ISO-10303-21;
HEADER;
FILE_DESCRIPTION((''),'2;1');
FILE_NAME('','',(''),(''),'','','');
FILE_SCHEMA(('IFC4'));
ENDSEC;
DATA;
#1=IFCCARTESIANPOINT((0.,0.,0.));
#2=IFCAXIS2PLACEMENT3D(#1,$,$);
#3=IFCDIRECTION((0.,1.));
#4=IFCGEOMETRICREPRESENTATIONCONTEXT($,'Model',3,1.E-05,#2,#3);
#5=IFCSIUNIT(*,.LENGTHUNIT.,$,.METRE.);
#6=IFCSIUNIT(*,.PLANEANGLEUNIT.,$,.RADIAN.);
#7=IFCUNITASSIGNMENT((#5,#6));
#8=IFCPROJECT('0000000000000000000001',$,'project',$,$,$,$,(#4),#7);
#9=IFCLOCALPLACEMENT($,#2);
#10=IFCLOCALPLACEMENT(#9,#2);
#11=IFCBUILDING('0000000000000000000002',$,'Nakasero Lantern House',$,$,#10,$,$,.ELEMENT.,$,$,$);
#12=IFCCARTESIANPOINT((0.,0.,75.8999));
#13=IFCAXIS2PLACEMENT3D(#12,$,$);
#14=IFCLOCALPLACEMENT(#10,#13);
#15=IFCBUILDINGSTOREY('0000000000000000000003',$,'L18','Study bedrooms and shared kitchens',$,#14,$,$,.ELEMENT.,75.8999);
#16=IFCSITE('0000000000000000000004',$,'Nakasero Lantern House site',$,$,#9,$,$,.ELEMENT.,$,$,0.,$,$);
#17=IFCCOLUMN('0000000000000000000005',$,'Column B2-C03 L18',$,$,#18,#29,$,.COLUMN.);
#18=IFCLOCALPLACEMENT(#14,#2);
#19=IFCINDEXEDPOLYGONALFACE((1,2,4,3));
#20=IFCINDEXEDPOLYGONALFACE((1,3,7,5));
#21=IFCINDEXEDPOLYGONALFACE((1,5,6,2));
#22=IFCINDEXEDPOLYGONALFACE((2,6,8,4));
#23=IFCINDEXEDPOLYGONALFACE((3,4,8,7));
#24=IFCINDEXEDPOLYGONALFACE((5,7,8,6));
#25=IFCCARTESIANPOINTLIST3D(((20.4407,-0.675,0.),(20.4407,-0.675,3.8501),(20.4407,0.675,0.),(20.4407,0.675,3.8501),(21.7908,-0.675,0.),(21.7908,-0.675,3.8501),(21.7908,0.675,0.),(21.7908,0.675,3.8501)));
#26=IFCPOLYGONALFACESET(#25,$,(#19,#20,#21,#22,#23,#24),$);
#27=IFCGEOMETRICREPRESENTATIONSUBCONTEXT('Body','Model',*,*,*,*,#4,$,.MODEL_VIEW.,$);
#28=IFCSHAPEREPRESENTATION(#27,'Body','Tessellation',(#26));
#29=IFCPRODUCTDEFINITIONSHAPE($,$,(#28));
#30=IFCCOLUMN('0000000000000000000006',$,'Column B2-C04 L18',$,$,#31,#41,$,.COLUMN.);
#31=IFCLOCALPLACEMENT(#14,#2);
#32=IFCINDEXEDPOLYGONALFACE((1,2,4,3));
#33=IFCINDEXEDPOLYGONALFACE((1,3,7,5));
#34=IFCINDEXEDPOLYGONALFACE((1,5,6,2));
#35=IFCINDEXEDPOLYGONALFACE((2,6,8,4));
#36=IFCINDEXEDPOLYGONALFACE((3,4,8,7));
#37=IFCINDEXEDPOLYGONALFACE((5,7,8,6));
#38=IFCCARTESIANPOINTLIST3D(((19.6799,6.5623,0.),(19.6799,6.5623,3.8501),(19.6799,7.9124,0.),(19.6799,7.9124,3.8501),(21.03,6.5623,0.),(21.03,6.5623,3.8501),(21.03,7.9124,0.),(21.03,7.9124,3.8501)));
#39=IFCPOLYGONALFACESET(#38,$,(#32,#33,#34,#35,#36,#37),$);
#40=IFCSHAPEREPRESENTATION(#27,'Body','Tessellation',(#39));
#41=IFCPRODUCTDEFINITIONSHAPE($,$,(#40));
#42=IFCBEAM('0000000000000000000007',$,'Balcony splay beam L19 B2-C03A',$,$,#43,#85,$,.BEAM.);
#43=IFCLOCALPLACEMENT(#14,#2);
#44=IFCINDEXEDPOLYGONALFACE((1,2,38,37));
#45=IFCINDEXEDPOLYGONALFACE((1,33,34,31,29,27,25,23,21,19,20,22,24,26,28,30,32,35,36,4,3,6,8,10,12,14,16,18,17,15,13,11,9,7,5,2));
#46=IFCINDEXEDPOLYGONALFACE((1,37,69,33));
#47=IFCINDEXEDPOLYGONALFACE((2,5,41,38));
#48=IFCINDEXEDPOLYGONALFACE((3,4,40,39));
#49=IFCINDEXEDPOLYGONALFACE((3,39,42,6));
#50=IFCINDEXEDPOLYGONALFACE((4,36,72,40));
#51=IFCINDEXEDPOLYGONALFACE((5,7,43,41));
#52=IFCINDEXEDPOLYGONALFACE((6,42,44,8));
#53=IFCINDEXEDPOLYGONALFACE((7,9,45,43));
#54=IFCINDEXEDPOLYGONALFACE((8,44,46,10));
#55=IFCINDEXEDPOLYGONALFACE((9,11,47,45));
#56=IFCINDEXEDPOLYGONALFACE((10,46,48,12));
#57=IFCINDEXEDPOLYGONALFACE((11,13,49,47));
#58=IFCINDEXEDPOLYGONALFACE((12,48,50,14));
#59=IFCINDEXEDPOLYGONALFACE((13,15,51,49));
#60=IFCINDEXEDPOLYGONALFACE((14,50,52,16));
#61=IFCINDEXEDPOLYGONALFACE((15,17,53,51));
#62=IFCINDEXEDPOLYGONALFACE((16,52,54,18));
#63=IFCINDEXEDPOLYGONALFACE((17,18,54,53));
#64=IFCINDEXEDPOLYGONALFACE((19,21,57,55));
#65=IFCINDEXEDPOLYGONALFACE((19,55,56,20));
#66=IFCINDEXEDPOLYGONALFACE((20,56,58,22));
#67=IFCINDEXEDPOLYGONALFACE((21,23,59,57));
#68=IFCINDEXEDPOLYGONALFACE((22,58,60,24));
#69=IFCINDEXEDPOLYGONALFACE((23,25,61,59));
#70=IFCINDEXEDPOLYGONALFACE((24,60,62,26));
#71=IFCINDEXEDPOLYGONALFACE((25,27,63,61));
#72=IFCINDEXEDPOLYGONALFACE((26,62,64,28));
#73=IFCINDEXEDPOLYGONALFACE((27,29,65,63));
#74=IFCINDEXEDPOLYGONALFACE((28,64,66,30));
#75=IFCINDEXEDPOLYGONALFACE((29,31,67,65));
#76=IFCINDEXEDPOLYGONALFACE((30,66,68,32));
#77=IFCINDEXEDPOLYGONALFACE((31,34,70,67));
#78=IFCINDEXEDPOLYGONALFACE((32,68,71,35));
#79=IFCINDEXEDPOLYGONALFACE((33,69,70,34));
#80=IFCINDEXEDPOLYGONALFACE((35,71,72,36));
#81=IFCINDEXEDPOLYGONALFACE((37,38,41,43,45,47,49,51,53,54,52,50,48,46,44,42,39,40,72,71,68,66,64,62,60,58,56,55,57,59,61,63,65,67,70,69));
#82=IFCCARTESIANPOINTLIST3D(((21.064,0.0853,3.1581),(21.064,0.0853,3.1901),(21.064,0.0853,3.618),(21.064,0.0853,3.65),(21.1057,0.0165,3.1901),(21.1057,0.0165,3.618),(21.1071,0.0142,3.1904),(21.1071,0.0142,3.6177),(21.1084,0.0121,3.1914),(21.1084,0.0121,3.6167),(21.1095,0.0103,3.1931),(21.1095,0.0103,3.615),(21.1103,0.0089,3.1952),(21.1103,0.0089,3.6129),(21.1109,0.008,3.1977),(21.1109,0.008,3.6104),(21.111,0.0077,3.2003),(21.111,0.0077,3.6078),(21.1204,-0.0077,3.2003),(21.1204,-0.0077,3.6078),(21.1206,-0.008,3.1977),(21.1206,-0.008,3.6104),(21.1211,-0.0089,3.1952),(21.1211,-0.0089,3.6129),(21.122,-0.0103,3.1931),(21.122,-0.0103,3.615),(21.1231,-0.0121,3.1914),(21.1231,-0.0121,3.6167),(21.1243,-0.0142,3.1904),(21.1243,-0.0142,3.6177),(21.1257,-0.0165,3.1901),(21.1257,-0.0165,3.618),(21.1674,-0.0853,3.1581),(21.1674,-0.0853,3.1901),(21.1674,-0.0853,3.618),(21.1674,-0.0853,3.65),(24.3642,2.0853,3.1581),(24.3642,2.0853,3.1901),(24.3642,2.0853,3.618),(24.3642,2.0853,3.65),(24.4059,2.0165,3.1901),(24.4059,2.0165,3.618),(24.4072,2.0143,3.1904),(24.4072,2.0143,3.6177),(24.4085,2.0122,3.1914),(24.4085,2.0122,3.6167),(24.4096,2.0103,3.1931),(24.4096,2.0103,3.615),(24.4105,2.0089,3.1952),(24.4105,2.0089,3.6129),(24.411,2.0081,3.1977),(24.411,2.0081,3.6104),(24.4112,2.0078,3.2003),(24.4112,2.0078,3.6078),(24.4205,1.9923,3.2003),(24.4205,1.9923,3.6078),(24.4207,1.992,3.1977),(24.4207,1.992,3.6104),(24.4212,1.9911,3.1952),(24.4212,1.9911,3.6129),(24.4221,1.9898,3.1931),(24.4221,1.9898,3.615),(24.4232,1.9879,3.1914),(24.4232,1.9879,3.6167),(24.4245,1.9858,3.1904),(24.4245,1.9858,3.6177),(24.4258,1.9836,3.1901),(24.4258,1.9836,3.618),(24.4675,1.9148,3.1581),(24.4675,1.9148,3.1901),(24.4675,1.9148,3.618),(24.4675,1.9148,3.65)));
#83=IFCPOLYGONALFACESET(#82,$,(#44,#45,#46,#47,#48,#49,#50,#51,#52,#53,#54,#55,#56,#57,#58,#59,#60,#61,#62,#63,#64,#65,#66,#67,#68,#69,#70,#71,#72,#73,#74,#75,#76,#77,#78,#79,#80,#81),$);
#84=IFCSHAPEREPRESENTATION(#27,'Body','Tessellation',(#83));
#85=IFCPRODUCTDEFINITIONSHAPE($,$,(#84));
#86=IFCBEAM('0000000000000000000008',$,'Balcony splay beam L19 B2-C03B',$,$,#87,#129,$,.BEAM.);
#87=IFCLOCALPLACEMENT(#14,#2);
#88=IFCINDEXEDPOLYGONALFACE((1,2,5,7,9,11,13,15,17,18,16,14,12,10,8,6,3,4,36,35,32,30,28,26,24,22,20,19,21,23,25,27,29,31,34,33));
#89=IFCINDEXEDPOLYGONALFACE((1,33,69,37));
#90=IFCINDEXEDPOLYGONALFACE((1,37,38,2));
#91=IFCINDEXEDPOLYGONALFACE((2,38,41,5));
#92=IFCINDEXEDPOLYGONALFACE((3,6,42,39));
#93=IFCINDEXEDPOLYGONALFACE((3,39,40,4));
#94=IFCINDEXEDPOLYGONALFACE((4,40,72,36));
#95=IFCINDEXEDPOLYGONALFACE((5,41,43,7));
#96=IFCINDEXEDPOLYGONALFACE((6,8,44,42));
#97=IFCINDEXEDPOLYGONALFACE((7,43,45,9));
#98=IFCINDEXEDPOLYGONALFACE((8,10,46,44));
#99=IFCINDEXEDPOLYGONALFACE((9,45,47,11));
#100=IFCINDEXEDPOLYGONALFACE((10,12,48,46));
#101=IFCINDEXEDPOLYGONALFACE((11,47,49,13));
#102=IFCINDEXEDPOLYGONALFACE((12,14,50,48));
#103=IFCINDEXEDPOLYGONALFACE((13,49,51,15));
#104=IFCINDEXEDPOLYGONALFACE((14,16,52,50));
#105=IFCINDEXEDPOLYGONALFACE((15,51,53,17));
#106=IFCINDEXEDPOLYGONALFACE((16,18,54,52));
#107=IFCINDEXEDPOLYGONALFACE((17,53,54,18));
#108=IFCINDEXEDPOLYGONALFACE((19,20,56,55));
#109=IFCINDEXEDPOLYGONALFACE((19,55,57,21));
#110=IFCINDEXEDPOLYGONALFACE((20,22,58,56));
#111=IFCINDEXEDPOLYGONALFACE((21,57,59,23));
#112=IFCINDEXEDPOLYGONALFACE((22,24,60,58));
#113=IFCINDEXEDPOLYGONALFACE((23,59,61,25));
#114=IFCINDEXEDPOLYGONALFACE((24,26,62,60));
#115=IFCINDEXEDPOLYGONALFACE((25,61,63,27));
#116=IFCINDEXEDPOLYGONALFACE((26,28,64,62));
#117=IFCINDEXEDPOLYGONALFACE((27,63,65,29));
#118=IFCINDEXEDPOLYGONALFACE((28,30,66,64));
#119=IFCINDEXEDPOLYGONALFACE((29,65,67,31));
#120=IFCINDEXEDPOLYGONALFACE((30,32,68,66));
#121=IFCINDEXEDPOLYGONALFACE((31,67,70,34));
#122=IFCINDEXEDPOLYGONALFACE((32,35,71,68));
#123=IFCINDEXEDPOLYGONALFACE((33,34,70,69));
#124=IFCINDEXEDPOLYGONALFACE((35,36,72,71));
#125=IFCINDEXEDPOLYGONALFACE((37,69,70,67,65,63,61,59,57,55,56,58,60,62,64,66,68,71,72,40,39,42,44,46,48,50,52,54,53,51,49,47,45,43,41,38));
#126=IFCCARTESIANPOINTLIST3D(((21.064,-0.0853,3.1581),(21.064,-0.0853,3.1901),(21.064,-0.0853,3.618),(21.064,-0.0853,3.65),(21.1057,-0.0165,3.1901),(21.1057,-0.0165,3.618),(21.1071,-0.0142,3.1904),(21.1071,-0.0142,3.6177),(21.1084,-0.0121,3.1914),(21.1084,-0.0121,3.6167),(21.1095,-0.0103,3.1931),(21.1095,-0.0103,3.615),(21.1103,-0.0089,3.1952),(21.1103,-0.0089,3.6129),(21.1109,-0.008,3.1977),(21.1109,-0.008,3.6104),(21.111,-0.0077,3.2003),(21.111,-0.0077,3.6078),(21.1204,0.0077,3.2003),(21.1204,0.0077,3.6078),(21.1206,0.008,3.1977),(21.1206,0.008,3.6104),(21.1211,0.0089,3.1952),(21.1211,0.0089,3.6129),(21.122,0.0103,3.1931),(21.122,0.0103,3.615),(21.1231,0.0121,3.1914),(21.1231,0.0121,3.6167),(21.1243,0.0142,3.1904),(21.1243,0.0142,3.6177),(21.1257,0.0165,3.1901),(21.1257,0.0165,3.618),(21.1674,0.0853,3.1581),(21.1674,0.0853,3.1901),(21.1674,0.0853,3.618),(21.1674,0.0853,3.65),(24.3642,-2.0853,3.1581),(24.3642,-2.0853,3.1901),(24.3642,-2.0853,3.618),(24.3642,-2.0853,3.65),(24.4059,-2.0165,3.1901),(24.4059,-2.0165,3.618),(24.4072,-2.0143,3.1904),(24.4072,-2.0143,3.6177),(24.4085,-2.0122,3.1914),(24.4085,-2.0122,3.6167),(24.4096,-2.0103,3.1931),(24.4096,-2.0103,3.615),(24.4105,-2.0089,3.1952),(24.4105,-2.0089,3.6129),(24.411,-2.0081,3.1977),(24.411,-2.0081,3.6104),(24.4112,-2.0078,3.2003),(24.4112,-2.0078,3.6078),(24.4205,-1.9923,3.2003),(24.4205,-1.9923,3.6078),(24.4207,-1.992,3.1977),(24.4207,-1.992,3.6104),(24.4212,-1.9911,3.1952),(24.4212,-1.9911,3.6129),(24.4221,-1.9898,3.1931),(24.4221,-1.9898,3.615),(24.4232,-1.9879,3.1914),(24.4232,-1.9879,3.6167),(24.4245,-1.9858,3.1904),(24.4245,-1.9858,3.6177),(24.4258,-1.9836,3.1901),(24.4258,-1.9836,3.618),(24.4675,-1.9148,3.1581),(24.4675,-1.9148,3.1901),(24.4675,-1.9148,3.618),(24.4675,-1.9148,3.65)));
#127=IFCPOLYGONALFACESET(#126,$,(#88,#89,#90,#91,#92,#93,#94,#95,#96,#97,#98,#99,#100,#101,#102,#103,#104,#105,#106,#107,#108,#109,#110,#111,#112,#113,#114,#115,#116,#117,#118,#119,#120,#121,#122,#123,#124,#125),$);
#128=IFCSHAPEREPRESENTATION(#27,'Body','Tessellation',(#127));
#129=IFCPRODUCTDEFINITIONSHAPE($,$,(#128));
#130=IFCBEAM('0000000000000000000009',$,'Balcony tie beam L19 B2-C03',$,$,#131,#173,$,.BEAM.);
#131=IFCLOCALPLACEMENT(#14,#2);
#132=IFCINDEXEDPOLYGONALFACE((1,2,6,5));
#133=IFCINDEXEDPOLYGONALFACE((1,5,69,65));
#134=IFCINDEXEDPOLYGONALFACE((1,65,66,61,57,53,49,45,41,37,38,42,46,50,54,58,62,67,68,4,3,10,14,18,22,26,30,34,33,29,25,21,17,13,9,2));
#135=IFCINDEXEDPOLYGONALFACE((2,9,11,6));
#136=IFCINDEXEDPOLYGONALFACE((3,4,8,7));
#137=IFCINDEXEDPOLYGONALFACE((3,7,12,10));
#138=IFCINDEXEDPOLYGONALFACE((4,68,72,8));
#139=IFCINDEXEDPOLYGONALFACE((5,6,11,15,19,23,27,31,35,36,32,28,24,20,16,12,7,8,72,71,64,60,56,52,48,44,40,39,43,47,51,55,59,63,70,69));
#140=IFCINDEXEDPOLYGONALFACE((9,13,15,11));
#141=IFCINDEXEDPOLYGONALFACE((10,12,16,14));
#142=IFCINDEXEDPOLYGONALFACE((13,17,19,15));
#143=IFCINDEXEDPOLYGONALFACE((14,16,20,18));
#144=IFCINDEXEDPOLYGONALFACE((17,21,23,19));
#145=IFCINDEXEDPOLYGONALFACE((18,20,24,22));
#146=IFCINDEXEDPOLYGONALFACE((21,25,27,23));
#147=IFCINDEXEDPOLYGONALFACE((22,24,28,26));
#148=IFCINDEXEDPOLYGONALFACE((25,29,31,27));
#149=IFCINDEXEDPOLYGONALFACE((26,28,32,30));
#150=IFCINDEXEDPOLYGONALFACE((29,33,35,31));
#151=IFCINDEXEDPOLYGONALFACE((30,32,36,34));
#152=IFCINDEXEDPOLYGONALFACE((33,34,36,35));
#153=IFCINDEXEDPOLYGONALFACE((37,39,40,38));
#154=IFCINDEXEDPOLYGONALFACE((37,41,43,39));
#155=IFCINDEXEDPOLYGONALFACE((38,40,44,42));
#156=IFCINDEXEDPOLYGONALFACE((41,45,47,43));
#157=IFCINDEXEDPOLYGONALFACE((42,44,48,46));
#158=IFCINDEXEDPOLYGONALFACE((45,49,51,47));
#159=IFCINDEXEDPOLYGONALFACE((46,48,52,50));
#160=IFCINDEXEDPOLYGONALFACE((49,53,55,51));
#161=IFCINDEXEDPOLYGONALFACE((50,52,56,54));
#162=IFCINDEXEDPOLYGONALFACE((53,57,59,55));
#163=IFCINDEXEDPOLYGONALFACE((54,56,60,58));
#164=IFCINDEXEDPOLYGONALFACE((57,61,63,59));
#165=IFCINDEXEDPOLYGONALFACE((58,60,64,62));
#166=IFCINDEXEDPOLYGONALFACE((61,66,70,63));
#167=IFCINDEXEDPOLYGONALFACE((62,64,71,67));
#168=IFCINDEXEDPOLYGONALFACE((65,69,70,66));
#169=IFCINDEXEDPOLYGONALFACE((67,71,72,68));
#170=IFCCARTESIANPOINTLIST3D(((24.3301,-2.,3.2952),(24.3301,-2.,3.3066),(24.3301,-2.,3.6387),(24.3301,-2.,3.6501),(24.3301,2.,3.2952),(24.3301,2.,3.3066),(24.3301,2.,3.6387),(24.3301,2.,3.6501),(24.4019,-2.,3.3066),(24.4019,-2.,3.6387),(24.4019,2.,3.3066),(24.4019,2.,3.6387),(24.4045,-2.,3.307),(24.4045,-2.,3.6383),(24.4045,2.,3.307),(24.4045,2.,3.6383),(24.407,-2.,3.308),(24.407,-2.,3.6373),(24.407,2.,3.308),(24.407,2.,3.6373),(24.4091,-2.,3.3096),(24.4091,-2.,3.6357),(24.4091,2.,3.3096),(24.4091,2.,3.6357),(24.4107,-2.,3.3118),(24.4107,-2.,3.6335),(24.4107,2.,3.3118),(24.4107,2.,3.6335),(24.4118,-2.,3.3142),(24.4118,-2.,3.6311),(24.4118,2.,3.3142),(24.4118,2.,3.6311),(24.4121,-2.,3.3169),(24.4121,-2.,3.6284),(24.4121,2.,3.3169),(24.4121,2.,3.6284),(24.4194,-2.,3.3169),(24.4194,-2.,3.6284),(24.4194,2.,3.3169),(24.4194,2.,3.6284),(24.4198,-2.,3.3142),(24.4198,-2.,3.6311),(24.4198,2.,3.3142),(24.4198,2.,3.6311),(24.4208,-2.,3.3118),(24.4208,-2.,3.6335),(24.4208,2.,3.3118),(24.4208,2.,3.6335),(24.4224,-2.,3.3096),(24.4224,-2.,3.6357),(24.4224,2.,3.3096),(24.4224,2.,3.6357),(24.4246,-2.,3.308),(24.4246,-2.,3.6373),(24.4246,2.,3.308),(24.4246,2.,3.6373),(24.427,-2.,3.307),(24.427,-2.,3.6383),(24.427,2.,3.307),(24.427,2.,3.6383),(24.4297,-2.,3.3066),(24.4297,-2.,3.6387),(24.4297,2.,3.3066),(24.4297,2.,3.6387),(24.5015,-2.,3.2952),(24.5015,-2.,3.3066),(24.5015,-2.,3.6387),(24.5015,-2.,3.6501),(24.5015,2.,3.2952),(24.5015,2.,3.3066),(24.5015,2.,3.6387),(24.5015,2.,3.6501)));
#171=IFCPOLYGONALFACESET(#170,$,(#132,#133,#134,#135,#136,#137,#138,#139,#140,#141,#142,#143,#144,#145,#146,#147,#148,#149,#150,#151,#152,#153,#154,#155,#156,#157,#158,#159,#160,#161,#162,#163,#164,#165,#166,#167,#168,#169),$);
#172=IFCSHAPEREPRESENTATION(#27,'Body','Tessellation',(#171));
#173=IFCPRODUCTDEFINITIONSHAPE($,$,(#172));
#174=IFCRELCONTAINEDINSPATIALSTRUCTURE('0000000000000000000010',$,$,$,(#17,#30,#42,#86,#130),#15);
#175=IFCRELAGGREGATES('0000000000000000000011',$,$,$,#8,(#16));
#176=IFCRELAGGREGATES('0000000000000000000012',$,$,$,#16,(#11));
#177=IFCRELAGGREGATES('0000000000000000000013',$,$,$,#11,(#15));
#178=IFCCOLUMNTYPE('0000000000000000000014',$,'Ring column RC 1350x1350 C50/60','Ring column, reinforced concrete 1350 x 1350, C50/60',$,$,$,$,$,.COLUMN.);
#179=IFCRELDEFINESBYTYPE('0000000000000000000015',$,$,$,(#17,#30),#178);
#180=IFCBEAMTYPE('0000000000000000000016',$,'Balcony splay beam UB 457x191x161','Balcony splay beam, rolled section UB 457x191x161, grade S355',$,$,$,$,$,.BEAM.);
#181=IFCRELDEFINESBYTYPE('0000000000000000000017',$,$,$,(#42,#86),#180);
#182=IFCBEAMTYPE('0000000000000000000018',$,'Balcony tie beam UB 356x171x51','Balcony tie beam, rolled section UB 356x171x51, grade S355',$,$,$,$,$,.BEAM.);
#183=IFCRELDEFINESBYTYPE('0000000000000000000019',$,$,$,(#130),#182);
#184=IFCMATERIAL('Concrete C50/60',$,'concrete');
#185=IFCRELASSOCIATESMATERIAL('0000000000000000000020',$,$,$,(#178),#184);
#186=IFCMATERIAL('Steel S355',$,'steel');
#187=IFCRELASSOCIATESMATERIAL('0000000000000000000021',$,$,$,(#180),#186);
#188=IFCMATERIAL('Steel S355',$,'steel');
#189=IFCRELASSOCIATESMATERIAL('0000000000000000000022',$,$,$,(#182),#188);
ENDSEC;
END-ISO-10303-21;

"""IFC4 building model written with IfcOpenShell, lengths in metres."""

from ifc_helpers import new_model, si_unit, direction, frame, origin, origin_2d, place, context, subcontext, project, spatial, rectangle, i_section, extrude, material, material_profile, profile_set, type_object, element, save


model = new_model("IFC4")

# Units and contexts
model_context = context("Model", 3, precision=1e-05, world=origin(), true_north=direction((0.0, 1.0)))
body_context = subcontext(model_context, "Body", "Model", "MODEL_VIEW")
ifc_project = project(units=[si_unit("LENGTHUNIT", "METRE"), si_unit("PLANEANGLEUNIT", "RADIAN")], contexts=[model_context])

# Site, building, storey
site_placement = place(None, origin())
site = spatial("IfcSite", under=ifc_project, at=site_placement, Name="Nakasero Lantern House site", CompositionType="ELEMENT", RefElevation=0.0)
building_placement = place(site_placement, origin())
building = spatial("IfcBuilding", under=site, at=building_placement, Name="Nakasero Lantern House", CompositionType="ELEMENT")
storey_placement = place(building_placement, frame((0.0, 0.0, 75.8999)))
storey = spatial("IfcBuildingStorey", under=building, at=storey_placement, Name="L18", Description="Study bedrooms and shared kitchens", CompositionType="ELEMENT", Elevation=75.8999)

# Columns
ifc_material_1 = material(Name="Concrete C50/60", Category="concrete")
ifc_material_profile_1 = material_profile(ifc_material_1, rectangle(XDim=1.3501, YDim=1.3501, at=origin_2d()), Name="RC 1350x1350")
ifc_profile_set_1 = profile_set([ifc_material_profile_1], Name="Concrete C50/60")
column_type = type_object("IfcColumnType", Name="Ring column RC 1350x1350 C50/60", Description="Ring column, reinforced concrete 1350 x 1350, C50/60", PredefinedType="COLUMN", material=ifc_profile_set_1)
for number, where, z_axis, x_axis, name in (
    (1, (21.1157, 0.0, 0.0), (0.0, 0.0, 1.0), (1.0, 0.0, 0.0), "Column B2-C03 L18"),
    (2, (20.355, 7.2373, 0.0), (0.0, 0.0, 1.0), (1.0, 0.0, 0.0), "Column B2-C04 L18"),
):
    element("IfcColumn", number, at=place(storey_placement, frame(where, z_axis=z_axis, x_axis=x_axis)), inside=storey, type_object=column_type, Name=name, PredefinedType="COLUMN", context=body_context, shape_type="SweptSolid", body=[
        extrude(rectangle(XDim=1.3501, YDim=1.3501, at=origin_2d()), origin(), (0.0, 0.0, 1.0), 3.8501),
    ])

# Beams
ifc_material_2 = material(Name="Steel S355", Category="steel")
ifc_material_profile_2 = material_profile(ifc_material_2, i_section(OverallWidth=0.1995, OverallDepth=0.4919, WebThickness=0.0181, FlangeThickness=0.032, FilletRadius=0.0103, at=origin_2d()), Name="UB 457x191x161")
ifc_profile_set_2 = profile_set([ifc_material_profile_2], Name="Steel S355")
beam_type_1 = type_object("IfcBeamType", Name="Balcony splay beam UB 457x191x161", Description="Balcony splay beam, rolled section UB 457x191x161, grade S355", PredefinedType="BEAM", material=ifc_profile_set_2)
for number, where, z_axis, x_axis, name in (
    (3, (21.1157, 0.0, 3.4041), (0.855201, 0.518296, 0.0), (-0.518296, 0.855201, 0.0), "Balcony splay beam L19 B2-C03A"),
    (4, (21.1157, 0.0, 3.4041), (0.855201, -0.518296, 0.0), (0.518296, 0.855201, 0.0), "Balcony splay beam L19 B2-C03B"),
):
    element("IfcBeam", number, at=place(storey_placement, frame(where, z_axis=z_axis, x_axis=x_axis)), inside=storey, type_object=beam_type_1, Name=name, PredefinedType="BEAM", context=body_context, shape_type="SweptSolid", body=[
        extrude(i_section(OverallWidth=0.1995, OverallDepth=0.4919, WebThickness=0.0181, FlangeThickness=0.032, FilletRadius=0.0103, at=origin_2d()), origin(), (0.0, 0.0, 1.0), 3.8589),
    ])
ifc_material_3 = material(Name="Steel S355", Category="steel")
ifc_material_profile_3 = material_profile(ifc_material_3, i_section(OverallWidth=0.1714, OverallDepth=0.355, WebThickness=0.0073, FlangeThickness=0.0115, FilletRadius=0.0103, at=origin_2d()), Name="UB 356x171x51")
ifc_profile_set_3 = profile_set([ifc_material_profile_3], Name="Steel S355")
beam_type_2 = type_object("IfcBeamType", Name="Balcony tie beam UB 356x171x51", Description="Balcony tie beam, rolled section UB 356x171x51, grade S355", PredefinedType="BEAM", material=ifc_profile_set_3)
beam_1_placement = place(storey_placement, frame((24.4158, 2.0, 3.4727), z_axis=(0.0, -1.0, 0.0), x_axis=(1.0, 0.0, 0.0)))
element("IfcBeam", 5, at=beam_1_placement, inside=storey, type_object=beam_type_2, Name="Balcony tie beam L19 B2-C03", PredefinedType="BEAM", context=body_context, shape_type="SweptSolid", body=[
    extrude(i_section(OverallWidth=0.1714, OverallDepth=0.355, WebThickness=0.0073, FlangeThickness=0.0115, FilletRadius=0.0103, at=origin_2d()), origin(), (0.0, 0.0, 1.0), 4.0),
])

save(model, "model.ifc")
